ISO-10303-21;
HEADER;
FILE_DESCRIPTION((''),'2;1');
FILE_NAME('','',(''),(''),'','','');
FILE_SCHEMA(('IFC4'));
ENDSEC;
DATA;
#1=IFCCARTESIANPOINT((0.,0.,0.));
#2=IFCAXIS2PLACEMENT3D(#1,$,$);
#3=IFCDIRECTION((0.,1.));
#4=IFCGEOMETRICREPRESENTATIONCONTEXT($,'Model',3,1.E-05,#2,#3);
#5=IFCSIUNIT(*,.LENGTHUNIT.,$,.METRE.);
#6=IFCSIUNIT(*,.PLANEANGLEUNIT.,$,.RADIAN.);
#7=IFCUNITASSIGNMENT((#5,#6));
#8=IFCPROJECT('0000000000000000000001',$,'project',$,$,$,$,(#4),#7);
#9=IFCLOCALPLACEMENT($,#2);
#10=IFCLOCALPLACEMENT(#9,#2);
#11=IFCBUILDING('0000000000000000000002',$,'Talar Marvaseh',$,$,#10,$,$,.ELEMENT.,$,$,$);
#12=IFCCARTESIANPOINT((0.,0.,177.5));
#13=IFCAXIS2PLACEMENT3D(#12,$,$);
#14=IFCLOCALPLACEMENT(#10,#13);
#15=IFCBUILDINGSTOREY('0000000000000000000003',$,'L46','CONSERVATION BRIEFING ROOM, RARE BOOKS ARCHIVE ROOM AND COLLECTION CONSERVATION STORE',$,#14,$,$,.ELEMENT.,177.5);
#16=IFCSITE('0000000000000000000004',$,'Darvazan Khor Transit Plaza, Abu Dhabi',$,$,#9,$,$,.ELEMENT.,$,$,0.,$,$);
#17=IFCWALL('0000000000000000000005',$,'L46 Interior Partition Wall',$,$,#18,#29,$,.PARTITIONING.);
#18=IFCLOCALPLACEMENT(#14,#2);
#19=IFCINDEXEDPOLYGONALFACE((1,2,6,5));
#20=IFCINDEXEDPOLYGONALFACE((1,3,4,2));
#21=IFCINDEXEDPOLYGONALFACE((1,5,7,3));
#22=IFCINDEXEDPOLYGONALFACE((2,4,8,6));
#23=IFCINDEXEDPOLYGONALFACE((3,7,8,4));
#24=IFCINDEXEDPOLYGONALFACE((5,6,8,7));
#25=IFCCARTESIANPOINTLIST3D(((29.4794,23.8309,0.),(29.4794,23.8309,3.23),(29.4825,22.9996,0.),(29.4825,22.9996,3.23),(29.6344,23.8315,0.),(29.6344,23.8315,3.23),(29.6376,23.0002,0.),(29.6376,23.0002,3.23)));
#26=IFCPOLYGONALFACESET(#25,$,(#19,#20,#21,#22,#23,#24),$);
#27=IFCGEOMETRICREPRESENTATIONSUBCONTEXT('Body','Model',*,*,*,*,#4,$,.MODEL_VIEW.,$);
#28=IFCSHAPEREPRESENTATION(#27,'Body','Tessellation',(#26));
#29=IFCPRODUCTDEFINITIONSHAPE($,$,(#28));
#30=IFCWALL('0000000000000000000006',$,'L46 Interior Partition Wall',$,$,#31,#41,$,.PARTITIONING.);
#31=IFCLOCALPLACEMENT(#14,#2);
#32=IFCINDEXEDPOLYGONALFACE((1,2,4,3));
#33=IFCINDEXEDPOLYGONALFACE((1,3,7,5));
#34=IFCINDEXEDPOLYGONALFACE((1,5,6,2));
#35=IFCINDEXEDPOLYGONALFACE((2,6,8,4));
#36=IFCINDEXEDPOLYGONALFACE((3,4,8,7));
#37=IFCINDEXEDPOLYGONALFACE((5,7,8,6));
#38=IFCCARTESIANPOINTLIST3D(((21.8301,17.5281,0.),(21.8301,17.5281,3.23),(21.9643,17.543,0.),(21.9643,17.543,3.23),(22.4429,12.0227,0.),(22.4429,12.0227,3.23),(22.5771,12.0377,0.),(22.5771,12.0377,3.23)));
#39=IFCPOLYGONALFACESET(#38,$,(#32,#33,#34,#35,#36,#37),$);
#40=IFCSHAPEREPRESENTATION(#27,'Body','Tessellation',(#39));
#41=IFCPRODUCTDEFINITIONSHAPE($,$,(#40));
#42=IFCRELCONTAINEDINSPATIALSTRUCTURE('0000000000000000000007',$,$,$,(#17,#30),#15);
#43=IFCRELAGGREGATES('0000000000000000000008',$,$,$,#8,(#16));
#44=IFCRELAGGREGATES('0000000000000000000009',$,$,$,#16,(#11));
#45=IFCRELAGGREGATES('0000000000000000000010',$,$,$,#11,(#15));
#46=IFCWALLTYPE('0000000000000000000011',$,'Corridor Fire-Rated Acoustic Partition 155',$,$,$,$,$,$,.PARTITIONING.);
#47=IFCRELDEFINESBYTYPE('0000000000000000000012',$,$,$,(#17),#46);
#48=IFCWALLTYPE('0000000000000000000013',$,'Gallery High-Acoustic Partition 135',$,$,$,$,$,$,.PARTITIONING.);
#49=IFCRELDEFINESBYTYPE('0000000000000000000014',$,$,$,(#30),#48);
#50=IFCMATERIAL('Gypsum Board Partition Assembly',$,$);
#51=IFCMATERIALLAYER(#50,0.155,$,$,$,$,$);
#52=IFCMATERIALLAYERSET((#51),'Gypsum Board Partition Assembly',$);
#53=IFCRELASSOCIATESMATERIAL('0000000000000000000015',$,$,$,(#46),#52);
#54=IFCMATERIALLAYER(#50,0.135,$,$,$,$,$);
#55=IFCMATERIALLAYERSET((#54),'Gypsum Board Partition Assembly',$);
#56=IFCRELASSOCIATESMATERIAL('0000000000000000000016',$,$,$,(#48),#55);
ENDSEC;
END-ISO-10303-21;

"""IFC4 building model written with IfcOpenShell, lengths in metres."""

from ifc_helpers import new_model, si_unit, direction, frame, frame_2d, origin, place, context, subcontext, project, spatial, rectangle, extrude, material, layer, layer_set, type_object, element, save


model = new_model("IFC4")

# Units and contexts
model_context = context("Model", 3, precision=1e-05, world=origin(), true_north=direction((0.0, 1.0)))
body_context = subcontext(model_context, "Body", "Model", "MODEL_VIEW")
ifc_project = project(units=[si_unit("LENGTHUNIT", "METRE"), si_unit("PLANEANGLEUNIT", "RADIAN")], contexts=[model_context])

# Site, building, storey
site_placement = place(None, origin())
site = spatial("IfcSite", under=ifc_project, at=site_placement, Name="Darvazan Khor Transit Plaza, Abu Dhabi", CompositionType="ELEMENT", RefElevation=0.0)
building_placement = place(site_placement, origin())
building = spatial("IfcBuilding", under=site, at=building_placement, Name="Talar Marvaseh", CompositionType="ELEMENT")
storey_placement = place(building_placement, frame((0.0, 0.0, 177.5)))
storey = spatial("IfcBuildingStorey", under=building, at=storey_placement, Name="L46", Description="CONSERVATION BRIEFING ROOM, RARE BOOKS ARCHIVE ROOM AND COLLECTION CONSERVATION STORE", CompositionType="ELEMENT", Elevation=177.5)

# Shared definitions
ifc_material_1 = material(Name="Gypsum Board Partition Assembly")
ifc_layer_1 = layer(ifc_material_1, 0.155)
ifc_layer_set_1 = layer_set([ifc_layer_1], Name="Gypsum Board Partition Assembly")
wall_type_1 = type_object("IfcWallType", Name="Corridor Fire-Rated Acoustic Partition 155", PredefinedType="PARTITIONING", material=ifc_layer_set_1)

# Walls
wall_1_placement = place(storey_placement, frame((29.5601, 23.0, 0.0), z_axis=(0.0, 0.0, 1.0), x_axis=(-0.003818, 0.999993, 0.0)))
element("IfcWall", 1, at=wall_1_placement, inside=storey, type_object=wall_type_1, Name="L46 Interior Partition Wall", PredefinedType="PARTITIONING", context=body_context, shape_type="SweptSolid", body=[
    extrude(rectangle(XDim=0.8313, YDim=0.155, at=frame_2d((0.4155, 0.0))), origin(), (0.0, 0.0, 1.0), 3.23),
])
ifc_layer_2 = layer(ifc_material_1, 0.135)
ifc_layer_set_2 = layer_set([ifc_layer_2], Name="Gypsum Board Partition Assembly")
wall_type_2 = type_object("IfcWallType", Name="Gallery High-Acoustic Partition 135", PredefinedType="PARTITIONING", material=ifc_layer_set_2)
wall_2_placement = place(storey_placement, frame((21.8972, 17.5354, 0.0), z_axis=(0.0, 0.0, 1.0), x_axis=(0.110625, -0.993862, 0.0)))
element("IfcWall", 2, at=wall_2_placement, inside=storey, type_object=wall_type_2, Name="L46 Interior Partition Wall", PredefinedType="PARTITIONING", context=body_context, shape_type="SweptSolid", body=[
    extrude(rectangle(XDim=5.5393, YDim=0.135, at=frame_2d((2.7695, 0.0))), origin(), (0.0, 0.0, 1.0), 3.23),
])

save(model, "model.ifc")
